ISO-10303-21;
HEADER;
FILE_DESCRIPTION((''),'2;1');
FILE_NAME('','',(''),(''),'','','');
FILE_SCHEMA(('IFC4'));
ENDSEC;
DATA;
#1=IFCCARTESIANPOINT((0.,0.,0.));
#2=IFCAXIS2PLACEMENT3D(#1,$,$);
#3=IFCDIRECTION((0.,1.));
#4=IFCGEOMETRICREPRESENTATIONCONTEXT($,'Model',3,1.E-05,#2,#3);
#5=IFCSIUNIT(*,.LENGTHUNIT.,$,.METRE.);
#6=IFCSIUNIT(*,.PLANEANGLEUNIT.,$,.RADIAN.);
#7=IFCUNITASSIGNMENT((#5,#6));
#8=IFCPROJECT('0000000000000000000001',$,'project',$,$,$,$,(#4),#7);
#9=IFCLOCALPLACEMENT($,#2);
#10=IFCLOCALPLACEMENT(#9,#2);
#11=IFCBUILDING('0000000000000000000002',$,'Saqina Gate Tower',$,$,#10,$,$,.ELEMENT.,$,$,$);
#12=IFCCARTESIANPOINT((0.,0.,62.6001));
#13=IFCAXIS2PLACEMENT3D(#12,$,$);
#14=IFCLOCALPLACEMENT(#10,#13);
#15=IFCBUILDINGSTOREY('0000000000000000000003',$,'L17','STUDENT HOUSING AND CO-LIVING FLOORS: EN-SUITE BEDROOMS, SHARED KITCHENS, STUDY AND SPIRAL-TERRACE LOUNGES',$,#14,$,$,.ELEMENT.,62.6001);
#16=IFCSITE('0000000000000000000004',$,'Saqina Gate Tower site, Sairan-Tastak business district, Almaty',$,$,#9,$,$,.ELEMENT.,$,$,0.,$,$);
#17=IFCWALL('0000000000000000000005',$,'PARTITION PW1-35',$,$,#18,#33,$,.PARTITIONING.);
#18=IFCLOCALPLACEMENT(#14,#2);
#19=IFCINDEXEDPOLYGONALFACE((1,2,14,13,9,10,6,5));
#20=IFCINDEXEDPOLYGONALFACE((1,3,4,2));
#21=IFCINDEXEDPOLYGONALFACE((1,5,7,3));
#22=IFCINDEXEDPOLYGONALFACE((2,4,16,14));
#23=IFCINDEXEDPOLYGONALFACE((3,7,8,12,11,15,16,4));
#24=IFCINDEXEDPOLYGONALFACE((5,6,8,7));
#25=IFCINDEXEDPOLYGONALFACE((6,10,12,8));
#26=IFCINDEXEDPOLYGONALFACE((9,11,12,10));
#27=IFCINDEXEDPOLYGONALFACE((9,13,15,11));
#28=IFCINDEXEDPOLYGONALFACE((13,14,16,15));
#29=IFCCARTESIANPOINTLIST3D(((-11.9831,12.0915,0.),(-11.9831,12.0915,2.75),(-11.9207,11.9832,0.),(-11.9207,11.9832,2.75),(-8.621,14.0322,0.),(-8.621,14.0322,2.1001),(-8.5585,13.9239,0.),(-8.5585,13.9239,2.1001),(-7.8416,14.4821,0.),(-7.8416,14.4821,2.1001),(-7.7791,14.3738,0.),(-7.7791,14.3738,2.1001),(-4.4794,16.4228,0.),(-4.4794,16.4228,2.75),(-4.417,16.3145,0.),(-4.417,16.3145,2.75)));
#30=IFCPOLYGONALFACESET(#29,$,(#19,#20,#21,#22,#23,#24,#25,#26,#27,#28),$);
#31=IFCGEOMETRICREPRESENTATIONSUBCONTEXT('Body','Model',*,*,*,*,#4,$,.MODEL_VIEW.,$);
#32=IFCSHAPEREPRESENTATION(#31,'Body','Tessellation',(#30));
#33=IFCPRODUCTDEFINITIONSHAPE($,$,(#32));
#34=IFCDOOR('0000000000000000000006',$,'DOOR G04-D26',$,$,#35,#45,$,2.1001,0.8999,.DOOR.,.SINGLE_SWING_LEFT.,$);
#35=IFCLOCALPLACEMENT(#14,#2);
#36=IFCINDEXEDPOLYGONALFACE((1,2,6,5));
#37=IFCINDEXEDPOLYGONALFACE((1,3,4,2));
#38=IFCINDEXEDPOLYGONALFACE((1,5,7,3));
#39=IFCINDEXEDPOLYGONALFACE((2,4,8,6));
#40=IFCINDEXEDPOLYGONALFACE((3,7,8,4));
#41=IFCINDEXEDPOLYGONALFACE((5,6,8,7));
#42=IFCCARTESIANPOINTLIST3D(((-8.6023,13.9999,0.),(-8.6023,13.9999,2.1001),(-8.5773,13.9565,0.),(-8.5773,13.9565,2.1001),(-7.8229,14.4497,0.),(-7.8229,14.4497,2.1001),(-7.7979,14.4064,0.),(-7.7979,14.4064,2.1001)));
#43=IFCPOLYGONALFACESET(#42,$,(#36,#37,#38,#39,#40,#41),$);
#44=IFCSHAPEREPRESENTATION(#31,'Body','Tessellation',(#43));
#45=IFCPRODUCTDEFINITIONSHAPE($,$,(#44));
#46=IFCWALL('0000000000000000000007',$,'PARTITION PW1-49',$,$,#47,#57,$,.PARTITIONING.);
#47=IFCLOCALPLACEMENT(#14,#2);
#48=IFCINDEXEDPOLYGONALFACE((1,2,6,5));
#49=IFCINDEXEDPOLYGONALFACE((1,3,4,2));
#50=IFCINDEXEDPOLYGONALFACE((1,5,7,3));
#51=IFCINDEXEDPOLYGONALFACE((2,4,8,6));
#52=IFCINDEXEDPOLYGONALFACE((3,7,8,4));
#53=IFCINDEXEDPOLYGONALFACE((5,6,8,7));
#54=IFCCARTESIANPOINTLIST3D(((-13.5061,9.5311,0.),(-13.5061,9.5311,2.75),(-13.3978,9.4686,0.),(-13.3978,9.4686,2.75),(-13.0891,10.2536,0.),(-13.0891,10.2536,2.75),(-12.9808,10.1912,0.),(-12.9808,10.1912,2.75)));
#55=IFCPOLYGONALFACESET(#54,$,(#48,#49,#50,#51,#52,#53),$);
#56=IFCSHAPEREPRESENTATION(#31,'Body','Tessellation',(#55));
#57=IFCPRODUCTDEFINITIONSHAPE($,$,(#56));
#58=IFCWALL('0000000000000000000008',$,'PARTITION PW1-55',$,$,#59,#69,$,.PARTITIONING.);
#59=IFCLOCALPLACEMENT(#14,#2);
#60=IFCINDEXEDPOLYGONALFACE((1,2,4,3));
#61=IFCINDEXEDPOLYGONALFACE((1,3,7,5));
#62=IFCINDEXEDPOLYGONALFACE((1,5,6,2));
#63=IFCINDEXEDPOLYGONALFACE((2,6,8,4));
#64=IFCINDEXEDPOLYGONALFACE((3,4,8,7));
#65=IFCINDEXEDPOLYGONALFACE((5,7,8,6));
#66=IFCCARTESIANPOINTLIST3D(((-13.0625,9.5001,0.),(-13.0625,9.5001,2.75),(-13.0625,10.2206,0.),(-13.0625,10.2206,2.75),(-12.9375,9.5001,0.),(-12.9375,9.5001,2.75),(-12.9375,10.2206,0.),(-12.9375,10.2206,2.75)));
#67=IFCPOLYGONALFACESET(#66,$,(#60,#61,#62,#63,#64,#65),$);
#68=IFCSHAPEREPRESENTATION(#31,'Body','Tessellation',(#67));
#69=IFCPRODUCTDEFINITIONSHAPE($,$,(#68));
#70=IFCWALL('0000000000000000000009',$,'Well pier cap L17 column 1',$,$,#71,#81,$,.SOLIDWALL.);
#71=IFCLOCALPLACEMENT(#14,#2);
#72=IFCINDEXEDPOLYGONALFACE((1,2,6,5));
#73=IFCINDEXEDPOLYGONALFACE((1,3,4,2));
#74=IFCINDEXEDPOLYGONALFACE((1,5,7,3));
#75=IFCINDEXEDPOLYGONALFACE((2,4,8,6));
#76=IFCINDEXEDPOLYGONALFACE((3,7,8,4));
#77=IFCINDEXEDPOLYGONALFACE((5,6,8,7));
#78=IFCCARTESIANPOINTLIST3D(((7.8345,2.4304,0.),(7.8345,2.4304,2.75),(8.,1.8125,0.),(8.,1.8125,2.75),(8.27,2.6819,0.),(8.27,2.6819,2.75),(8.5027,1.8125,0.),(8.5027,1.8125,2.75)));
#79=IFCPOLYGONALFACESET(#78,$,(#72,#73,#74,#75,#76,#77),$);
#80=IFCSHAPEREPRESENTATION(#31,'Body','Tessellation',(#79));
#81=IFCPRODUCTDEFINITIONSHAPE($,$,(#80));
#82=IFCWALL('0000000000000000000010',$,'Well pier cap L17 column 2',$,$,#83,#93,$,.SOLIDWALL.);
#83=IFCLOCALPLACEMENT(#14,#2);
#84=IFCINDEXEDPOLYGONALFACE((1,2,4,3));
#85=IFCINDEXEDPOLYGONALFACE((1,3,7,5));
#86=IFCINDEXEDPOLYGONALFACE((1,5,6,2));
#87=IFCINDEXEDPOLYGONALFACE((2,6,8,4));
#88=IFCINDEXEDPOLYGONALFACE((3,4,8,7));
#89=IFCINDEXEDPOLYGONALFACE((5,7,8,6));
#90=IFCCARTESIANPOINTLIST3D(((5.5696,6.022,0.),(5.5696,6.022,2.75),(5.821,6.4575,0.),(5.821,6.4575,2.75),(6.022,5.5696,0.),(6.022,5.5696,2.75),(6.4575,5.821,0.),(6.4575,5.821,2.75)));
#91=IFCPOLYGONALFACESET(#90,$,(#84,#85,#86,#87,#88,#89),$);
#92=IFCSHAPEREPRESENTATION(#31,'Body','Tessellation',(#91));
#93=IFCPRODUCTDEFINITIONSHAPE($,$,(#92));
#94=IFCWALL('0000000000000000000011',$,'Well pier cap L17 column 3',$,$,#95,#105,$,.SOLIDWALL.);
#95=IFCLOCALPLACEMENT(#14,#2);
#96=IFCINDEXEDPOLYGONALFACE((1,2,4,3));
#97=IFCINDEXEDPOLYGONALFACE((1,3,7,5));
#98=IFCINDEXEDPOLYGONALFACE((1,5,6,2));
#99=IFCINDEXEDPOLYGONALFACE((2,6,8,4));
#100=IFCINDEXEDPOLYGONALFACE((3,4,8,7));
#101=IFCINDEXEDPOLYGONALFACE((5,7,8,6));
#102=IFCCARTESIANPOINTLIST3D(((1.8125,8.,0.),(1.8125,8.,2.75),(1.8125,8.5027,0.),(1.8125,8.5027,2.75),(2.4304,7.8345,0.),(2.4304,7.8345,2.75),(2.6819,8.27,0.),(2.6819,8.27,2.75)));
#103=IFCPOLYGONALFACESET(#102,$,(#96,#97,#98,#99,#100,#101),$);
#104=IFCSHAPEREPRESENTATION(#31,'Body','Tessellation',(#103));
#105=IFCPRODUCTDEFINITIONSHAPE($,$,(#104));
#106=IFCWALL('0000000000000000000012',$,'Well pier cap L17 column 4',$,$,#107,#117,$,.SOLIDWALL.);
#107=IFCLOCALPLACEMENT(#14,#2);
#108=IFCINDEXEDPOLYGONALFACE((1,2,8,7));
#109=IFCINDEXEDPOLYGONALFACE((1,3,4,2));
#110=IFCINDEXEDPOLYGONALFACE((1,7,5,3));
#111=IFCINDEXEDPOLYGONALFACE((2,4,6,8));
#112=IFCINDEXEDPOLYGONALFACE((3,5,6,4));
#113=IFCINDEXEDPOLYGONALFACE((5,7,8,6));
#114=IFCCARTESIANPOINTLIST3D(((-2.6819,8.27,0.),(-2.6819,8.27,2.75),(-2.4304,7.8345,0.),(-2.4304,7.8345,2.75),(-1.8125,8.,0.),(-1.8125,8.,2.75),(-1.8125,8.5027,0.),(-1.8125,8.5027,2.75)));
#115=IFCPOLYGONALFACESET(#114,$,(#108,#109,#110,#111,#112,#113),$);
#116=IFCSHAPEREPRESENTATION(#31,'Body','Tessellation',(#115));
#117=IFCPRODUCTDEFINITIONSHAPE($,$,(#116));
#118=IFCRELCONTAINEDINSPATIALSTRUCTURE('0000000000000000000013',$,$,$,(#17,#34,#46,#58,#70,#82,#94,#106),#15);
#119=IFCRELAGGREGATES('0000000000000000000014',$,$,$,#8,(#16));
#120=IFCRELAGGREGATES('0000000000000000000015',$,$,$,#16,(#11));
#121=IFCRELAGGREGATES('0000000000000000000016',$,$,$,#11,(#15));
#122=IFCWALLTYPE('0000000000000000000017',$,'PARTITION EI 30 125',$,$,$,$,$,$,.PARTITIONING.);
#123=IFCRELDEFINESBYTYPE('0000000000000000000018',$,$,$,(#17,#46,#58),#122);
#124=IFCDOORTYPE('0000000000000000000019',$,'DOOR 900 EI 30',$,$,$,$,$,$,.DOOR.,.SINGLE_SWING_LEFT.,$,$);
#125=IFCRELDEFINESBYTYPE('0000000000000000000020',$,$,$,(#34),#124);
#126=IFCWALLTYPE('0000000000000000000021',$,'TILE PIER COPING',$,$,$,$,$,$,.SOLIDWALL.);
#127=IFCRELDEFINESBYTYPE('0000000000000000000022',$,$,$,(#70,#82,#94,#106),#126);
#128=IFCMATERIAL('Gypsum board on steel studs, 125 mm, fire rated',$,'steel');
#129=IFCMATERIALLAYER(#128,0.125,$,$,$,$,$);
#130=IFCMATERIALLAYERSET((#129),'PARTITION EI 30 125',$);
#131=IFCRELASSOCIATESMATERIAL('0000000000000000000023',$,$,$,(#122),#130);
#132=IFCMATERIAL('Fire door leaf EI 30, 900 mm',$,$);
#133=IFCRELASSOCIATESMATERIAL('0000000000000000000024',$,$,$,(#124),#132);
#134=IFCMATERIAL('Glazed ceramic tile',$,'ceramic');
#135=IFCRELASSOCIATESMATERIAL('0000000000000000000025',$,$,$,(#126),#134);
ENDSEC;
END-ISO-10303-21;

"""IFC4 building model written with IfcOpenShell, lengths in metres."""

from ifc_helpers import new_model, si_unit, direction, frame, frame_2d, origin, place, context, subcontext, project, spatial, polyline, rectangle, outline, extrude, material, layer, layer_set, type_object, element, fill, save


model = new_model("IFC4")

# Units and contexts
model_context = context("Model", 3, precision=1e-05, world=origin(), true_north=direction((0.0, 1.0)))
body_context = subcontext(model_context, "Body", "Model", "MODEL_VIEW")
ifc_project = project(units=[si_unit("LENGTHUNIT", "METRE"), si_unit("PLANEANGLEUNIT", "RADIAN")], contexts=[model_context])

# Site, building, storey
site_placement = place(None, origin())
site = spatial("IfcSite", under=ifc_project, at=site_placement, Name="Saqina Gate Tower site, Sairan-Tastak business district, Almaty", CompositionType="ELEMENT", RefElevation=0.0)
building_placement = place(site_placement, origin())
building = spatial("IfcBuilding", under=site, at=building_placement, Name="Saqina Gate Tower", CompositionType="ELEMENT")
storey_placement = place(building_placement, frame((0.0, 0.0, 62.6001)))
storey = spatial("IfcBuildingStorey", under=building, at=storey_placement, Name="L17", Description="STUDENT HOUSING AND CO-LIVING FLOORS: EN-SUITE BEDROOMS, SHARED KITCHENS, STUDY AND SPIRAL-TERRACE LOUNGES", CompositionType="ELEMENT", Elevation=62.6001)

# Shared definitions
ifc_material_1 = material(Name="Gypsum board on steel studs, 125 mm, fire rated", Category="steel")
ifc_layer_1 = layer(ifc_material_1, 0.125)
ifc_layer_set_1 = layer_set([ifc_layer_1], Name="PARTITION EI 30 125")
wall_type_1 = type_object("IfcWallType", Name="PARTITION EI 30 125", PredefinedType="PARTITIONING", material=ifc_layer_set_1)

# Wall, opening, door
wall_1_placement = place(storey_placement, frame((-11.9519, 12.0374, 0.0), z_axis=(0.0, 0.0, 1.0), x_axis=(0.866073, 0.499918, 0.0)))
wall_1 = element("IfcWall", 1, at=wall_1_placement, inside=storey, type_object=wall_type_1, Name="PARTITION PW1-35", PredefinedType="PARTITIONING", context=body_context, shape_type="SweptSolid", body=[
    extrude(rectangle(XDim=8.6641, YDim=0.125, at=frame_2d((4.332, 0.0))), origin(), (0.0, 0.0, 1.0), 2.75),
])
opening_1_placement = place(wall_1_placement, frame((3.8821, 0.0, 0.0)))
opening_1 = element("IfcOpeningElement", 2, at=opening_1_placement, cuts=wall_1, PredefinedType="OPENING", context=body_context, shape_type="SweptSolid", body=[
    extrude(rectangle(XDim=0.8999, YDim=2.1001, at=frame_2d((0.45, 1.05))), frame((0.0, 0.0745, 0.0), z_axis=(0.0, -1.0, 0.0), x_axis=(1.0, 0.0, 0.0)), (0.0, 0.0, 1.0), 0.1489),
])
ifc_material_2 = material(Name="Fire door leaf EI 30, 900 mm")
door_type_1 = type_object("IfcDoorType", Name="DOOR 900 EI 30", OperationType="SINGLE_SWING_LEFT", PredefinedType="DOOR", material=ifc_material_2)
door_1_placement = place(opening_1_placement, frame((0.8999, 0.0, 0.0), z_axis=(0.0, 0.0, 1.0), x_axis=(-1.0, 0.0, 0.0)))
door_1 = element("IfcDoor", 3, at=door_1_placement, inside=storey, type_object=door_type_1, Name="DOOR G04-D26", OperationType="SINGLE_SWING_LEFT", OverallHeight=2.1001, OverallWidth=0.8999, PredefinedType="DOOR", context=body_context, shape_type="SweptSolid", body=[
    extrude(rectangle(XDim=0.8999, YDim=2.1001, at=frame_2d((0.45, 1.05))), frame((0.0, 0.0249, 0.0), z_axis=(0.0, -1.0, 0.0), x_axis=(1.0, 0.0, 0.0)), (0.0, 0.0, 1.0), 0.05),
])
fill(opening_1, door_1)

# Walls
wall_2_placement = place(storey_placement, frame((-13.4519, 9.5, 0.0), z_axis=(0.0, 0.0, 1.0), x_axis=(0.499917, 0.866073, 0.0)))
element("IfcWall", 4, at=wall_2_placement, inside=storey, type_object=wall_type_1, Name="PARTITION PW1-49", PredefinedType="PARTITIONING", context=body_context, shape_type="SweptSolid", body=[
    extrude(rectangle(XDim=0.8342, YDim=0.125, at=frame_2d((0.417, 0.0))), origin(), (0.0, 0.0, 1.0), 2.75),
])
wall_3_placement = place(storey_placement, frame((-13.0, 9.5, 0.0), z_axis=(0.0, 0.0, 1.0), x_axis=(0.0, 1.0, 0.0)))
element("IfcWall", 5, at=wall_3_placement, inside=storey, type_object=wall_type_1, Name="PARTITION PW1-55", PredefinedType="PARTITIONING", context=body_context, shape_type="SweptSolid", body=[
    extrude(rectangle(XDim=0.7205, YDim=0.125, at=frame_2d((0.3604, 0.0))), origin(), (0.0, 0.0, 1.0), 2.75),
])
ifc_material_3 = material(Name="Glazed ceramic tile", Category="ceramic")
wall_type_2 = type_object("IfcWallType", Name="TILE PIER COPING", PredefinedType="SOLIDWALL", material=ifc_material_3)
wall_4_placement = place(storey_placement, origin())
element("IfcWall", 6, at=wall_4_placement, inside=storey, type_object=wall_type_2, Name="Well pier cap L17 column 1", PredefinedType="SOLIDWALL", context=body_context, shape_type="SweptSolid", body=[
    extrude(outline(polyline([(8.27, 2.6819), (7.8345, 2.4304), (8.0, 1.8125), (8.5027, 1.8125), (8.27, 2.6819)])), origin(), (0.0, 0.0, 1.0), 2.75),
])
wall_5_placement = place(storey_placement, origin())
element("IfcWall", 7, at=wall_5_placement, inside=storey, type_object=wall_type_2, Name="Well pier cap L17 column 2", PredefinedType="SOLIDWALL", context=body_context, shape_type="SweptSolid", body=[
    extrude(outline(polyline([(5.821, 6.4575), (5.5696, 6.022), (6.022, 5.5696), (6.4575, 5.821), (5.821, 6.4575)])), origin(), (0.0, 0.0, 1.0), 2.75),
])
wall_6_placement = place(storey_placement, origin())
element("IfcWall", 8, at=wall_6_placement, inside=storey, type_object=wall_type_2, Name="Well pier cap L17 column 3", PredefinedType="SOLIDWALL", context=body_context, shape_type="SweptSolid", body=[
    extrude(outline(polyline([(1.8125, 8.5027), (1.8125, 8.0), (2.4304, 7.8345), (2.6819, 8.27), (1.8125, 8.5027)])), origin(), (0.0, 0.0, 1.0), 2.75),
])
wall_7_placement = place(storey_placement, origin())
element("IfcWall", 9, at=wall_7_placement, inside=storey, type_object=wall_type_2, Name="Well pier cap L17 column 4", PredefinedType="SOLIDWALL", context=body_context, shape_type="SweptSolid", body=[
    extrude(outline(polyline([(-2.6819, 8.27), (-2.4304, 7.8345), (-1.8125, 8.0), (-1.8125, 8.5027), (-2.6819, 8.27)])), origin(), (0.0, 0.0, 1.0), 2.75),
])

save(model, "model.ifc")
